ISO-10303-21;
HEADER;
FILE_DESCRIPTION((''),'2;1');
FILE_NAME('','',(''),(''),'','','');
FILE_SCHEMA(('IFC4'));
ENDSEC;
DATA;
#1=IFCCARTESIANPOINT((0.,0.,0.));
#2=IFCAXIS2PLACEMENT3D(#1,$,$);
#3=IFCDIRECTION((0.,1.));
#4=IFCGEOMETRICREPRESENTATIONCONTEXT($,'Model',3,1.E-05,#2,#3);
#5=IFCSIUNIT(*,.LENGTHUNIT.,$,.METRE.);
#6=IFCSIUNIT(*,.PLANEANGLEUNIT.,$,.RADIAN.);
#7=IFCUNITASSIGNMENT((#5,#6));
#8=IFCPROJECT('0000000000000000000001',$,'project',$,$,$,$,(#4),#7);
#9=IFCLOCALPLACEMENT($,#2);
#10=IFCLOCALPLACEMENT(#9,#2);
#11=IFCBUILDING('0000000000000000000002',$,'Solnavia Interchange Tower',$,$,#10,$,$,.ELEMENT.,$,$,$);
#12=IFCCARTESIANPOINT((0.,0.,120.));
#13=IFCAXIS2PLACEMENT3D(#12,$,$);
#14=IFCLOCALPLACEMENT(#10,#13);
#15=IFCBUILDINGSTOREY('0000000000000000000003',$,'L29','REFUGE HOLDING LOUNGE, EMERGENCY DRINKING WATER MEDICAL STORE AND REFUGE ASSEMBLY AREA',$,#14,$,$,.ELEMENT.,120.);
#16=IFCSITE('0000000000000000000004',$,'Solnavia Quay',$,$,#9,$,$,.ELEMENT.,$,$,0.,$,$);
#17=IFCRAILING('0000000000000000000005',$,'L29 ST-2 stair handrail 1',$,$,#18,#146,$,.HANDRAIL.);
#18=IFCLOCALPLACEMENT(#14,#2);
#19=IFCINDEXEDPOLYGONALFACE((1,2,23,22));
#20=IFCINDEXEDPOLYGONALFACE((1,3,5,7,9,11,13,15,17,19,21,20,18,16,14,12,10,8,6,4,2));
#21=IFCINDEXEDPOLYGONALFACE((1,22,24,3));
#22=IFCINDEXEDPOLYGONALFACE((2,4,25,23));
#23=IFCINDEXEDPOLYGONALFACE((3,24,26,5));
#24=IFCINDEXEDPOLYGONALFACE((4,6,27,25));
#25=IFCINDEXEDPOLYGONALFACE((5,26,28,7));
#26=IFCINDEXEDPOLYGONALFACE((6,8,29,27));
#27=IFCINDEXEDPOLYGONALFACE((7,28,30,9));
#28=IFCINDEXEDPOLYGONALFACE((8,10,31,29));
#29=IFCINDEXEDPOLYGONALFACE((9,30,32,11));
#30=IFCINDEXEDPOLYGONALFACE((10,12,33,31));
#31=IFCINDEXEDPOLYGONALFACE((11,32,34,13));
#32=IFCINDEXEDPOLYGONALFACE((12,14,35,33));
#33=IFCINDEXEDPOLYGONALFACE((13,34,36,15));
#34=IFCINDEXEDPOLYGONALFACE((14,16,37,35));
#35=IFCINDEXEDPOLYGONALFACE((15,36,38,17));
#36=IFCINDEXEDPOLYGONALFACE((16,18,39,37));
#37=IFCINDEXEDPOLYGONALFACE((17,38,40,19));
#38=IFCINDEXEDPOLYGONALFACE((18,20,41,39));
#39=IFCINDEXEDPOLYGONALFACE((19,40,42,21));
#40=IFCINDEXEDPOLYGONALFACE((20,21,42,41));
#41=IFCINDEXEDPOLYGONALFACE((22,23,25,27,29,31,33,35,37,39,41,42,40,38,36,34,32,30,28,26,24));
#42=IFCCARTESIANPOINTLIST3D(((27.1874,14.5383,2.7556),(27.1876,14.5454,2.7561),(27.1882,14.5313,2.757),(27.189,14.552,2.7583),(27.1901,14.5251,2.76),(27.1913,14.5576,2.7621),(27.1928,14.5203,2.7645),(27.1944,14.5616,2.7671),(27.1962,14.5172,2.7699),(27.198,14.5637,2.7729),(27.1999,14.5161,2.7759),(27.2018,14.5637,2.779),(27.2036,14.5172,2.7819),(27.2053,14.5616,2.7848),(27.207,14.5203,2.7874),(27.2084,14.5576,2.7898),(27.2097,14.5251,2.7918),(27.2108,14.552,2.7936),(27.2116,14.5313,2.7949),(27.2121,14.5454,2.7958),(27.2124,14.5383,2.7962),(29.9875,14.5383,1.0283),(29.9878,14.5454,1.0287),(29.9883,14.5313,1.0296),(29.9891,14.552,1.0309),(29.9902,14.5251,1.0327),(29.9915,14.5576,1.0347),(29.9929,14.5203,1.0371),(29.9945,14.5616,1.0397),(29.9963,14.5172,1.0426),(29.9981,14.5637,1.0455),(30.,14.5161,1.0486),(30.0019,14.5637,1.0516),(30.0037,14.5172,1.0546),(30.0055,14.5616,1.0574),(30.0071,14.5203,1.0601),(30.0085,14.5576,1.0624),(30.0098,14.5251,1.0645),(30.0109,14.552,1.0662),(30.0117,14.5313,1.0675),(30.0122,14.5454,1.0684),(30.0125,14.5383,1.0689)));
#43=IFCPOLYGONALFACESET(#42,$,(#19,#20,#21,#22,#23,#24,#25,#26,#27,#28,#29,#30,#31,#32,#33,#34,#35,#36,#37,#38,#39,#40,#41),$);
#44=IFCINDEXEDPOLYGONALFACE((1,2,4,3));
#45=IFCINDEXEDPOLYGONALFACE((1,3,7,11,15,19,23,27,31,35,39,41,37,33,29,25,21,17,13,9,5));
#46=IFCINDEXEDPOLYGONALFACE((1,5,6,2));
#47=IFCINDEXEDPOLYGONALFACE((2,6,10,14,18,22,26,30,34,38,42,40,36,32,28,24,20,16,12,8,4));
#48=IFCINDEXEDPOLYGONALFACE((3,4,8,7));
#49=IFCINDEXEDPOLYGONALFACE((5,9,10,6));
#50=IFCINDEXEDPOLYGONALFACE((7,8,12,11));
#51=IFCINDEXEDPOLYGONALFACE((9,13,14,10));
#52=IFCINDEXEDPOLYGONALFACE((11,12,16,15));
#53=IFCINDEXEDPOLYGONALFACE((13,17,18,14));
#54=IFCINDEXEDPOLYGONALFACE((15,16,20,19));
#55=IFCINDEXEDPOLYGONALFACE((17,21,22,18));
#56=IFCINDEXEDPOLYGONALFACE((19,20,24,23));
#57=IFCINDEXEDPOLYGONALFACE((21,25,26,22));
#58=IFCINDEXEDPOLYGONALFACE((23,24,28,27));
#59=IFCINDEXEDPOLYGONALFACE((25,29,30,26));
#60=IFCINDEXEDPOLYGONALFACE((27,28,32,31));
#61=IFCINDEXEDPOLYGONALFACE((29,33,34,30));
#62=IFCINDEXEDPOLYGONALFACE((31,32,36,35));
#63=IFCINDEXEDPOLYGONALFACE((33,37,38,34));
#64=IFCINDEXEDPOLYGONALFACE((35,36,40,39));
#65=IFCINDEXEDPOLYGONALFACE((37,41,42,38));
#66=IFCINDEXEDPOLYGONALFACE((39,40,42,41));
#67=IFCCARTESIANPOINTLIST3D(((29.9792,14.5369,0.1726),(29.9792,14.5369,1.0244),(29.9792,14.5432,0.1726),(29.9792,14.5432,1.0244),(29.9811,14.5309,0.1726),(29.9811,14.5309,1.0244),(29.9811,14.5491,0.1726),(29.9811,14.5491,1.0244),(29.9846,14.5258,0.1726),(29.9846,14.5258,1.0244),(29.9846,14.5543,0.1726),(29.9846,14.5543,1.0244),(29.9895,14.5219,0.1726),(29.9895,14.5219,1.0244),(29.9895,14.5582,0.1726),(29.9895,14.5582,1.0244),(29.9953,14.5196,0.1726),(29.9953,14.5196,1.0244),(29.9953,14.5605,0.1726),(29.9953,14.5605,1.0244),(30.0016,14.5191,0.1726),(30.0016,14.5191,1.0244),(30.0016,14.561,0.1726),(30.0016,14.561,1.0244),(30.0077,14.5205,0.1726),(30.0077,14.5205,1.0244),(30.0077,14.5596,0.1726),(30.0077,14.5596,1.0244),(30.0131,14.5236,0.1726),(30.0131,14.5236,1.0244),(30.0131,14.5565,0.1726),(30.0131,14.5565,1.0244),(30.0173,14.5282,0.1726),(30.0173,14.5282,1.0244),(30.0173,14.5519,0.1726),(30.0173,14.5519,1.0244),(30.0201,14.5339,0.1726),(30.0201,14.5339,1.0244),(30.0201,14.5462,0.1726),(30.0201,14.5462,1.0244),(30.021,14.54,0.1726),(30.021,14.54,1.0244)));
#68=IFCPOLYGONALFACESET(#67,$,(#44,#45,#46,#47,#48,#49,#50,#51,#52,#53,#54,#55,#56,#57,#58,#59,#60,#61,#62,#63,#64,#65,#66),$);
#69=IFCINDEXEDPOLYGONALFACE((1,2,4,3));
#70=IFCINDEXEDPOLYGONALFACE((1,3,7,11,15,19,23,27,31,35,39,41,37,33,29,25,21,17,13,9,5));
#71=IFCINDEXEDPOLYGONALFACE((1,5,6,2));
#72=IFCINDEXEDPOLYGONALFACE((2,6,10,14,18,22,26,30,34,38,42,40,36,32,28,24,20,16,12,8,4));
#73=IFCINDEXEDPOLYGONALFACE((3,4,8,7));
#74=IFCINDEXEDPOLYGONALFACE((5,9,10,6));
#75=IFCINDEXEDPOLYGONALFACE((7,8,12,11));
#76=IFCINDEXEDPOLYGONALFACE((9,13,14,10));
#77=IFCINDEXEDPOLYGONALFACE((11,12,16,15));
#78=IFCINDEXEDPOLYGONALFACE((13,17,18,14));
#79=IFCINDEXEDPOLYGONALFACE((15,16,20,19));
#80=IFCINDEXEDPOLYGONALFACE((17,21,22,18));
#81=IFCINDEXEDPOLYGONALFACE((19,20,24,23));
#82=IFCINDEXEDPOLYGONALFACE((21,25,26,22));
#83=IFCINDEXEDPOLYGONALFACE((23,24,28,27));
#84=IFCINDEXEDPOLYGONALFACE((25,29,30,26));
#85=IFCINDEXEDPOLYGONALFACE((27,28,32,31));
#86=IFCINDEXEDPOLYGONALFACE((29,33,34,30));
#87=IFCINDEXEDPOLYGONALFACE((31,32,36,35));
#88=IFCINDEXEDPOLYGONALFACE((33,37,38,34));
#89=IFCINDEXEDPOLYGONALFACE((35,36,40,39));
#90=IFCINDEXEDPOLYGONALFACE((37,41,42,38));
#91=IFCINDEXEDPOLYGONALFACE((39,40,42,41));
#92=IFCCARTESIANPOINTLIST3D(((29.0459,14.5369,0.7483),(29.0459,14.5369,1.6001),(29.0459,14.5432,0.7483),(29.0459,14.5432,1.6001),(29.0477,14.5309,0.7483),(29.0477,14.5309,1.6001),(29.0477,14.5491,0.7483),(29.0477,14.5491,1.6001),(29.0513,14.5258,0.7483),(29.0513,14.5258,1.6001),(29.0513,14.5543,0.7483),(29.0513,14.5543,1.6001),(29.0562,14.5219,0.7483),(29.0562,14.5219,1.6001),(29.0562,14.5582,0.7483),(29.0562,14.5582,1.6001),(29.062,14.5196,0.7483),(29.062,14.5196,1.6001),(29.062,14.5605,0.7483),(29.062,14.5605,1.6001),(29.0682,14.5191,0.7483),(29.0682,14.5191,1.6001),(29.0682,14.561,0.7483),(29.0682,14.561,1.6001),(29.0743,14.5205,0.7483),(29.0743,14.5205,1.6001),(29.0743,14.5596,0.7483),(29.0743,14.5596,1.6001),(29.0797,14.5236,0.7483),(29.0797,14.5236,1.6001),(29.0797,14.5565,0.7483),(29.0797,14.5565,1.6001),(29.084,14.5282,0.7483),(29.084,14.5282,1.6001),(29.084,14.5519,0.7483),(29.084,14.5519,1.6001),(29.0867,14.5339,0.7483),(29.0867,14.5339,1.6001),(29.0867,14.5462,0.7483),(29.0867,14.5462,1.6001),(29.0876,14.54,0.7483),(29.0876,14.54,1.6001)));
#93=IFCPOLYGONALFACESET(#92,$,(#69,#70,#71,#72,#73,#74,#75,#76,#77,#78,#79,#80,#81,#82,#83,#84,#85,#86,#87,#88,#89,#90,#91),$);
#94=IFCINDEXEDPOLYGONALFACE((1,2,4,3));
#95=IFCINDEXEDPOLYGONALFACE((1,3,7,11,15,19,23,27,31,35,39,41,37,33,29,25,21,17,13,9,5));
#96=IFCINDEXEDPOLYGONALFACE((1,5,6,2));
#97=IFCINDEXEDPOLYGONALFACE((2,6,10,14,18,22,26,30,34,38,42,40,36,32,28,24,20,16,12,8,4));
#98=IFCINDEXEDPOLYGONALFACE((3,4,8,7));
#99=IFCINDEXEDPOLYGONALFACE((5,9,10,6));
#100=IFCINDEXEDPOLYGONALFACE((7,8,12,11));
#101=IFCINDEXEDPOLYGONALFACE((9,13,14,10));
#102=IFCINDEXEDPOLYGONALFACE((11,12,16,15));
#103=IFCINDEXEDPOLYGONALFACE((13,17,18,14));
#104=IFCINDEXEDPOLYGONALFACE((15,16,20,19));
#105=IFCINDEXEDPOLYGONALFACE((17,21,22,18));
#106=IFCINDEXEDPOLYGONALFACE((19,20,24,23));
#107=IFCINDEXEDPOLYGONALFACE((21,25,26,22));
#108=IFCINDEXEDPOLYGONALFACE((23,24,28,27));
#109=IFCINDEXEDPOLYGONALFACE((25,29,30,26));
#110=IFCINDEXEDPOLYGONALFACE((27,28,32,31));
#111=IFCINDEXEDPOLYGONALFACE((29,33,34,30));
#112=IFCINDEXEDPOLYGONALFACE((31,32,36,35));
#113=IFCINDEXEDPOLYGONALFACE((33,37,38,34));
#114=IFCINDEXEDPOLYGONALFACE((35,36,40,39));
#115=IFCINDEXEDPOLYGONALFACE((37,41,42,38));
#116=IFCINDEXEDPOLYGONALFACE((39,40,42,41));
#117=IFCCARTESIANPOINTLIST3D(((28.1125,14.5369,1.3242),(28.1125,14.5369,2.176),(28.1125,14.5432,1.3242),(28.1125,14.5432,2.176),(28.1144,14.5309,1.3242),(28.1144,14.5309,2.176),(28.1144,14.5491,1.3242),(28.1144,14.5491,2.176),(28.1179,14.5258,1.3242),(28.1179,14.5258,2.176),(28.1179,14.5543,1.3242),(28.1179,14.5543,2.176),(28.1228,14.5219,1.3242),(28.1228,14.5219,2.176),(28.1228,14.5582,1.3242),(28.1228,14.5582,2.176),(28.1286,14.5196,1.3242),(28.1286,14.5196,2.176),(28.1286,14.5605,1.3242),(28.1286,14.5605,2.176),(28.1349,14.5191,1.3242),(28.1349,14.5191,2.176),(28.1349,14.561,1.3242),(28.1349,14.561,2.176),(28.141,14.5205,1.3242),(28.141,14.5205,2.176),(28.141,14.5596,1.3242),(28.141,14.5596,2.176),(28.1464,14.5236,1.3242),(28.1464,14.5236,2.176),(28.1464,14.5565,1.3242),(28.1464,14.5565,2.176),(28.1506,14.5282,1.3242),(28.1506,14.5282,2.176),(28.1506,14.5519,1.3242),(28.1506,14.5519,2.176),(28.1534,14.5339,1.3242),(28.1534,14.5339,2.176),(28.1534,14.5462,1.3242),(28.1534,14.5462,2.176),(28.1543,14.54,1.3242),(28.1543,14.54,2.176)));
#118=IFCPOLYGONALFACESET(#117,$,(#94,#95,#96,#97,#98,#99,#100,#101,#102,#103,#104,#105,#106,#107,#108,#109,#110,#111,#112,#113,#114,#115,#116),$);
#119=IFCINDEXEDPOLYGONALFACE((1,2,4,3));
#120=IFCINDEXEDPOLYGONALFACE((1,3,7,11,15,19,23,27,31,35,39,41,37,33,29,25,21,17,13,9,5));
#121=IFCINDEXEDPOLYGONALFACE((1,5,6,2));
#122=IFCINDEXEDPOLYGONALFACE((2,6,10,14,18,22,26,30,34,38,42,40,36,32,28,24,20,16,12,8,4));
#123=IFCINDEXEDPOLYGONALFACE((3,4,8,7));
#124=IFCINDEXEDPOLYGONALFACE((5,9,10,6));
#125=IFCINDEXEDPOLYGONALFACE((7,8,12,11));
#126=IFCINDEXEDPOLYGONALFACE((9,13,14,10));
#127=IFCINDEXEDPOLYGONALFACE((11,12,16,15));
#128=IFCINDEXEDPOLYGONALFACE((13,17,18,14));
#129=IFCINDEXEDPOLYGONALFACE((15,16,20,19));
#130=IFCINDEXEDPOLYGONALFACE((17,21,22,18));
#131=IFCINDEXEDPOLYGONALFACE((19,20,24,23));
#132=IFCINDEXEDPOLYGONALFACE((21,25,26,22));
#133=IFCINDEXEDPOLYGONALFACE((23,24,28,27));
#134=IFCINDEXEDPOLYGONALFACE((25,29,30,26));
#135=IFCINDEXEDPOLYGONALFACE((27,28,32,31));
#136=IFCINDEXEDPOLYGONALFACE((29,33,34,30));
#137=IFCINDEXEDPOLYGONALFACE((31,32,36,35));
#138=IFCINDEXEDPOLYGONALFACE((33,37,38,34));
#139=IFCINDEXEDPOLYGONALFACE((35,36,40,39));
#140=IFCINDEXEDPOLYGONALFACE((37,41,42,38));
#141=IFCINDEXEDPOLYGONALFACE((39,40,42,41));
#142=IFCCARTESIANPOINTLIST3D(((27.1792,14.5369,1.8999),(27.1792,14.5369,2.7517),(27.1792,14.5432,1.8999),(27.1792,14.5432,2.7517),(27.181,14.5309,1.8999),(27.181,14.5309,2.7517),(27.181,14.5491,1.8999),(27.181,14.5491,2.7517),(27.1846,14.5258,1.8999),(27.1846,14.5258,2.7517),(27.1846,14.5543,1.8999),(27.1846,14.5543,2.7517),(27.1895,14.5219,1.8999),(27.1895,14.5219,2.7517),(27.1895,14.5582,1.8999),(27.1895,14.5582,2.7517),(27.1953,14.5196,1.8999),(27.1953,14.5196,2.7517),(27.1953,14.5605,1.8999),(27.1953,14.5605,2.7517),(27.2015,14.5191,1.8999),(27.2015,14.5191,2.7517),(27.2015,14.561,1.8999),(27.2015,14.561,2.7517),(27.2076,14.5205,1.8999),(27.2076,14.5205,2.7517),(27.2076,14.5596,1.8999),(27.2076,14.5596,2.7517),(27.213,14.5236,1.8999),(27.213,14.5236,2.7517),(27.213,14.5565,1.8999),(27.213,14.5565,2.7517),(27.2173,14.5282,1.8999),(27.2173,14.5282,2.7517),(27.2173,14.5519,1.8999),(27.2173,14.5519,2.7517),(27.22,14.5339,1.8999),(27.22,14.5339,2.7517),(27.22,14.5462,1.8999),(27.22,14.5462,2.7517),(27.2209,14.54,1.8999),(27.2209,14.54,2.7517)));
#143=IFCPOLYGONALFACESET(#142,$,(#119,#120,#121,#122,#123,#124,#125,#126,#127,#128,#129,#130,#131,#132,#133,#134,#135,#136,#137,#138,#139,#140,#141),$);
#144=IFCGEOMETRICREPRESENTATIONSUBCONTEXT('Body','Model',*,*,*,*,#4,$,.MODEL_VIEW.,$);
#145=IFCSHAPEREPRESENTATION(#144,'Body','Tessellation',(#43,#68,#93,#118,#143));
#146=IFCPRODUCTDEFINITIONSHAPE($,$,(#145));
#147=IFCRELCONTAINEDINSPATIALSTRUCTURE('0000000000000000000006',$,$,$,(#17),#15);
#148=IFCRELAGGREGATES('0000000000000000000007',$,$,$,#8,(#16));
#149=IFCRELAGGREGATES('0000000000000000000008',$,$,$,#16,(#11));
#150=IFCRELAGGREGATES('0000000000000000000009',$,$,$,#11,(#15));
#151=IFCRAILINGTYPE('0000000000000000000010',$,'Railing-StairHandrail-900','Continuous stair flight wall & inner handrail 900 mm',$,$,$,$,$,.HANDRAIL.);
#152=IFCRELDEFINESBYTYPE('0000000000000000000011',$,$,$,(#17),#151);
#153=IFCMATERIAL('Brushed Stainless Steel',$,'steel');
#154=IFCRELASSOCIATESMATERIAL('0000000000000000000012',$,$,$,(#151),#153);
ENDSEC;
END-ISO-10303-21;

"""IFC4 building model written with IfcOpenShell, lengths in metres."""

from ifc_helpers import new_model, si_unit, direction, frame, origin, origin_2d, place, context, subcontext, project, spatial, circle, extrude, material, type_object, element, save


model = new_model("IFC4")

# Units and contexts
model_context = context("Model", 3, precision=1e-05, world=origin(), true_north=direction((0.0, 1.0)))
body_context = subcontext(model_context, "Body", "Model", "MODEL_VIEW")
ifc_project = project(units=[si_unit("LENGTHUNIT", "METRE"), si_unit("PLANEANGLEUNIT", "RADIAN")], contexts=[model_context])

# Site, building, storey
site_placement = place(None, origin())
site = spatial("IfcSite", under=ifc_project, at=site_placement, Name="Solnavia Quay", CompositionType="ELEMENT", RefElevation=0.0)
building_placement = place(site_placement, origin())
building = spatial("IfcBuilding", under=site, at=building_placement, Name="Solnavia Interchange Tower", CompositionType="ELEMENT")
storey_placement = place(building_placement, frame((0.0, 0.0, 120.0)))
storey = spatial("IfcBuildingStorey", under=building, at=storey_placement, Name="L29", Description="REFUGE HOLDING LOUNGE, EMERGENCY DRINKING WATER MEDICAL STORE AND REFUGE ASSEMBLY AREA", CompositionType="ELEMENT", Elevation=120.0)

# Railing
ifc_material_1 = material(Name="Brushed Stainless Steel", Category="steel")
railing_type_1 = type_object("IfcRailingType", Name="Railing-StairHandrail-900", Description="Continuous stair flight wall & inner handrail 900 mm", PredefinedType="HANDRAIL", material=ifc_material_1)
railing_1_placement = place(storey_placement, frame((30.0, 14.54, 0.1726)))
element("IfcRailing", 1, at=railing_1_placement, inside=storey, type_object=railing_type_1, Name="L29 ST-2 stair handrail 1", PredefinedType="HANDRAIL", context=body_context, shape_type="SweptSolid", body=[
    extrude(circle(Radius=0.0239, at=origin_2d()), frame((0.0, 0.0, 0.876), z_axis=(-0.85109, 0.0, 0.52502), x_axis=(0.0, -1.0, 0.0)), (0.0, 0.0, 1.0), 3.29),
    extrude(circle(Radius=0.021, at=origin_2d()), origin(), (0.0, 0.0, 1.0), 0.8518),
    extrude(circle(Radius=0.021, at=origin_2d()), frame((-0.9333, 0.0, 0.5757)), (0.0, 0.0, 1.0), 0.8518),
    extrude(circle(Radius=0.021, at=origin_2d()), frame((-1.8667, 0.0, 1.1516)), (0.0, 0.0, 1.0), 0.8518),
    extrude(circle(Radius=0.021, at=origin_2d()), frame((-2.8, 0.0, 1.7273)), (0.0, 0.0, 1.0), 0.8518),
])

save(model, "model.ifc")
